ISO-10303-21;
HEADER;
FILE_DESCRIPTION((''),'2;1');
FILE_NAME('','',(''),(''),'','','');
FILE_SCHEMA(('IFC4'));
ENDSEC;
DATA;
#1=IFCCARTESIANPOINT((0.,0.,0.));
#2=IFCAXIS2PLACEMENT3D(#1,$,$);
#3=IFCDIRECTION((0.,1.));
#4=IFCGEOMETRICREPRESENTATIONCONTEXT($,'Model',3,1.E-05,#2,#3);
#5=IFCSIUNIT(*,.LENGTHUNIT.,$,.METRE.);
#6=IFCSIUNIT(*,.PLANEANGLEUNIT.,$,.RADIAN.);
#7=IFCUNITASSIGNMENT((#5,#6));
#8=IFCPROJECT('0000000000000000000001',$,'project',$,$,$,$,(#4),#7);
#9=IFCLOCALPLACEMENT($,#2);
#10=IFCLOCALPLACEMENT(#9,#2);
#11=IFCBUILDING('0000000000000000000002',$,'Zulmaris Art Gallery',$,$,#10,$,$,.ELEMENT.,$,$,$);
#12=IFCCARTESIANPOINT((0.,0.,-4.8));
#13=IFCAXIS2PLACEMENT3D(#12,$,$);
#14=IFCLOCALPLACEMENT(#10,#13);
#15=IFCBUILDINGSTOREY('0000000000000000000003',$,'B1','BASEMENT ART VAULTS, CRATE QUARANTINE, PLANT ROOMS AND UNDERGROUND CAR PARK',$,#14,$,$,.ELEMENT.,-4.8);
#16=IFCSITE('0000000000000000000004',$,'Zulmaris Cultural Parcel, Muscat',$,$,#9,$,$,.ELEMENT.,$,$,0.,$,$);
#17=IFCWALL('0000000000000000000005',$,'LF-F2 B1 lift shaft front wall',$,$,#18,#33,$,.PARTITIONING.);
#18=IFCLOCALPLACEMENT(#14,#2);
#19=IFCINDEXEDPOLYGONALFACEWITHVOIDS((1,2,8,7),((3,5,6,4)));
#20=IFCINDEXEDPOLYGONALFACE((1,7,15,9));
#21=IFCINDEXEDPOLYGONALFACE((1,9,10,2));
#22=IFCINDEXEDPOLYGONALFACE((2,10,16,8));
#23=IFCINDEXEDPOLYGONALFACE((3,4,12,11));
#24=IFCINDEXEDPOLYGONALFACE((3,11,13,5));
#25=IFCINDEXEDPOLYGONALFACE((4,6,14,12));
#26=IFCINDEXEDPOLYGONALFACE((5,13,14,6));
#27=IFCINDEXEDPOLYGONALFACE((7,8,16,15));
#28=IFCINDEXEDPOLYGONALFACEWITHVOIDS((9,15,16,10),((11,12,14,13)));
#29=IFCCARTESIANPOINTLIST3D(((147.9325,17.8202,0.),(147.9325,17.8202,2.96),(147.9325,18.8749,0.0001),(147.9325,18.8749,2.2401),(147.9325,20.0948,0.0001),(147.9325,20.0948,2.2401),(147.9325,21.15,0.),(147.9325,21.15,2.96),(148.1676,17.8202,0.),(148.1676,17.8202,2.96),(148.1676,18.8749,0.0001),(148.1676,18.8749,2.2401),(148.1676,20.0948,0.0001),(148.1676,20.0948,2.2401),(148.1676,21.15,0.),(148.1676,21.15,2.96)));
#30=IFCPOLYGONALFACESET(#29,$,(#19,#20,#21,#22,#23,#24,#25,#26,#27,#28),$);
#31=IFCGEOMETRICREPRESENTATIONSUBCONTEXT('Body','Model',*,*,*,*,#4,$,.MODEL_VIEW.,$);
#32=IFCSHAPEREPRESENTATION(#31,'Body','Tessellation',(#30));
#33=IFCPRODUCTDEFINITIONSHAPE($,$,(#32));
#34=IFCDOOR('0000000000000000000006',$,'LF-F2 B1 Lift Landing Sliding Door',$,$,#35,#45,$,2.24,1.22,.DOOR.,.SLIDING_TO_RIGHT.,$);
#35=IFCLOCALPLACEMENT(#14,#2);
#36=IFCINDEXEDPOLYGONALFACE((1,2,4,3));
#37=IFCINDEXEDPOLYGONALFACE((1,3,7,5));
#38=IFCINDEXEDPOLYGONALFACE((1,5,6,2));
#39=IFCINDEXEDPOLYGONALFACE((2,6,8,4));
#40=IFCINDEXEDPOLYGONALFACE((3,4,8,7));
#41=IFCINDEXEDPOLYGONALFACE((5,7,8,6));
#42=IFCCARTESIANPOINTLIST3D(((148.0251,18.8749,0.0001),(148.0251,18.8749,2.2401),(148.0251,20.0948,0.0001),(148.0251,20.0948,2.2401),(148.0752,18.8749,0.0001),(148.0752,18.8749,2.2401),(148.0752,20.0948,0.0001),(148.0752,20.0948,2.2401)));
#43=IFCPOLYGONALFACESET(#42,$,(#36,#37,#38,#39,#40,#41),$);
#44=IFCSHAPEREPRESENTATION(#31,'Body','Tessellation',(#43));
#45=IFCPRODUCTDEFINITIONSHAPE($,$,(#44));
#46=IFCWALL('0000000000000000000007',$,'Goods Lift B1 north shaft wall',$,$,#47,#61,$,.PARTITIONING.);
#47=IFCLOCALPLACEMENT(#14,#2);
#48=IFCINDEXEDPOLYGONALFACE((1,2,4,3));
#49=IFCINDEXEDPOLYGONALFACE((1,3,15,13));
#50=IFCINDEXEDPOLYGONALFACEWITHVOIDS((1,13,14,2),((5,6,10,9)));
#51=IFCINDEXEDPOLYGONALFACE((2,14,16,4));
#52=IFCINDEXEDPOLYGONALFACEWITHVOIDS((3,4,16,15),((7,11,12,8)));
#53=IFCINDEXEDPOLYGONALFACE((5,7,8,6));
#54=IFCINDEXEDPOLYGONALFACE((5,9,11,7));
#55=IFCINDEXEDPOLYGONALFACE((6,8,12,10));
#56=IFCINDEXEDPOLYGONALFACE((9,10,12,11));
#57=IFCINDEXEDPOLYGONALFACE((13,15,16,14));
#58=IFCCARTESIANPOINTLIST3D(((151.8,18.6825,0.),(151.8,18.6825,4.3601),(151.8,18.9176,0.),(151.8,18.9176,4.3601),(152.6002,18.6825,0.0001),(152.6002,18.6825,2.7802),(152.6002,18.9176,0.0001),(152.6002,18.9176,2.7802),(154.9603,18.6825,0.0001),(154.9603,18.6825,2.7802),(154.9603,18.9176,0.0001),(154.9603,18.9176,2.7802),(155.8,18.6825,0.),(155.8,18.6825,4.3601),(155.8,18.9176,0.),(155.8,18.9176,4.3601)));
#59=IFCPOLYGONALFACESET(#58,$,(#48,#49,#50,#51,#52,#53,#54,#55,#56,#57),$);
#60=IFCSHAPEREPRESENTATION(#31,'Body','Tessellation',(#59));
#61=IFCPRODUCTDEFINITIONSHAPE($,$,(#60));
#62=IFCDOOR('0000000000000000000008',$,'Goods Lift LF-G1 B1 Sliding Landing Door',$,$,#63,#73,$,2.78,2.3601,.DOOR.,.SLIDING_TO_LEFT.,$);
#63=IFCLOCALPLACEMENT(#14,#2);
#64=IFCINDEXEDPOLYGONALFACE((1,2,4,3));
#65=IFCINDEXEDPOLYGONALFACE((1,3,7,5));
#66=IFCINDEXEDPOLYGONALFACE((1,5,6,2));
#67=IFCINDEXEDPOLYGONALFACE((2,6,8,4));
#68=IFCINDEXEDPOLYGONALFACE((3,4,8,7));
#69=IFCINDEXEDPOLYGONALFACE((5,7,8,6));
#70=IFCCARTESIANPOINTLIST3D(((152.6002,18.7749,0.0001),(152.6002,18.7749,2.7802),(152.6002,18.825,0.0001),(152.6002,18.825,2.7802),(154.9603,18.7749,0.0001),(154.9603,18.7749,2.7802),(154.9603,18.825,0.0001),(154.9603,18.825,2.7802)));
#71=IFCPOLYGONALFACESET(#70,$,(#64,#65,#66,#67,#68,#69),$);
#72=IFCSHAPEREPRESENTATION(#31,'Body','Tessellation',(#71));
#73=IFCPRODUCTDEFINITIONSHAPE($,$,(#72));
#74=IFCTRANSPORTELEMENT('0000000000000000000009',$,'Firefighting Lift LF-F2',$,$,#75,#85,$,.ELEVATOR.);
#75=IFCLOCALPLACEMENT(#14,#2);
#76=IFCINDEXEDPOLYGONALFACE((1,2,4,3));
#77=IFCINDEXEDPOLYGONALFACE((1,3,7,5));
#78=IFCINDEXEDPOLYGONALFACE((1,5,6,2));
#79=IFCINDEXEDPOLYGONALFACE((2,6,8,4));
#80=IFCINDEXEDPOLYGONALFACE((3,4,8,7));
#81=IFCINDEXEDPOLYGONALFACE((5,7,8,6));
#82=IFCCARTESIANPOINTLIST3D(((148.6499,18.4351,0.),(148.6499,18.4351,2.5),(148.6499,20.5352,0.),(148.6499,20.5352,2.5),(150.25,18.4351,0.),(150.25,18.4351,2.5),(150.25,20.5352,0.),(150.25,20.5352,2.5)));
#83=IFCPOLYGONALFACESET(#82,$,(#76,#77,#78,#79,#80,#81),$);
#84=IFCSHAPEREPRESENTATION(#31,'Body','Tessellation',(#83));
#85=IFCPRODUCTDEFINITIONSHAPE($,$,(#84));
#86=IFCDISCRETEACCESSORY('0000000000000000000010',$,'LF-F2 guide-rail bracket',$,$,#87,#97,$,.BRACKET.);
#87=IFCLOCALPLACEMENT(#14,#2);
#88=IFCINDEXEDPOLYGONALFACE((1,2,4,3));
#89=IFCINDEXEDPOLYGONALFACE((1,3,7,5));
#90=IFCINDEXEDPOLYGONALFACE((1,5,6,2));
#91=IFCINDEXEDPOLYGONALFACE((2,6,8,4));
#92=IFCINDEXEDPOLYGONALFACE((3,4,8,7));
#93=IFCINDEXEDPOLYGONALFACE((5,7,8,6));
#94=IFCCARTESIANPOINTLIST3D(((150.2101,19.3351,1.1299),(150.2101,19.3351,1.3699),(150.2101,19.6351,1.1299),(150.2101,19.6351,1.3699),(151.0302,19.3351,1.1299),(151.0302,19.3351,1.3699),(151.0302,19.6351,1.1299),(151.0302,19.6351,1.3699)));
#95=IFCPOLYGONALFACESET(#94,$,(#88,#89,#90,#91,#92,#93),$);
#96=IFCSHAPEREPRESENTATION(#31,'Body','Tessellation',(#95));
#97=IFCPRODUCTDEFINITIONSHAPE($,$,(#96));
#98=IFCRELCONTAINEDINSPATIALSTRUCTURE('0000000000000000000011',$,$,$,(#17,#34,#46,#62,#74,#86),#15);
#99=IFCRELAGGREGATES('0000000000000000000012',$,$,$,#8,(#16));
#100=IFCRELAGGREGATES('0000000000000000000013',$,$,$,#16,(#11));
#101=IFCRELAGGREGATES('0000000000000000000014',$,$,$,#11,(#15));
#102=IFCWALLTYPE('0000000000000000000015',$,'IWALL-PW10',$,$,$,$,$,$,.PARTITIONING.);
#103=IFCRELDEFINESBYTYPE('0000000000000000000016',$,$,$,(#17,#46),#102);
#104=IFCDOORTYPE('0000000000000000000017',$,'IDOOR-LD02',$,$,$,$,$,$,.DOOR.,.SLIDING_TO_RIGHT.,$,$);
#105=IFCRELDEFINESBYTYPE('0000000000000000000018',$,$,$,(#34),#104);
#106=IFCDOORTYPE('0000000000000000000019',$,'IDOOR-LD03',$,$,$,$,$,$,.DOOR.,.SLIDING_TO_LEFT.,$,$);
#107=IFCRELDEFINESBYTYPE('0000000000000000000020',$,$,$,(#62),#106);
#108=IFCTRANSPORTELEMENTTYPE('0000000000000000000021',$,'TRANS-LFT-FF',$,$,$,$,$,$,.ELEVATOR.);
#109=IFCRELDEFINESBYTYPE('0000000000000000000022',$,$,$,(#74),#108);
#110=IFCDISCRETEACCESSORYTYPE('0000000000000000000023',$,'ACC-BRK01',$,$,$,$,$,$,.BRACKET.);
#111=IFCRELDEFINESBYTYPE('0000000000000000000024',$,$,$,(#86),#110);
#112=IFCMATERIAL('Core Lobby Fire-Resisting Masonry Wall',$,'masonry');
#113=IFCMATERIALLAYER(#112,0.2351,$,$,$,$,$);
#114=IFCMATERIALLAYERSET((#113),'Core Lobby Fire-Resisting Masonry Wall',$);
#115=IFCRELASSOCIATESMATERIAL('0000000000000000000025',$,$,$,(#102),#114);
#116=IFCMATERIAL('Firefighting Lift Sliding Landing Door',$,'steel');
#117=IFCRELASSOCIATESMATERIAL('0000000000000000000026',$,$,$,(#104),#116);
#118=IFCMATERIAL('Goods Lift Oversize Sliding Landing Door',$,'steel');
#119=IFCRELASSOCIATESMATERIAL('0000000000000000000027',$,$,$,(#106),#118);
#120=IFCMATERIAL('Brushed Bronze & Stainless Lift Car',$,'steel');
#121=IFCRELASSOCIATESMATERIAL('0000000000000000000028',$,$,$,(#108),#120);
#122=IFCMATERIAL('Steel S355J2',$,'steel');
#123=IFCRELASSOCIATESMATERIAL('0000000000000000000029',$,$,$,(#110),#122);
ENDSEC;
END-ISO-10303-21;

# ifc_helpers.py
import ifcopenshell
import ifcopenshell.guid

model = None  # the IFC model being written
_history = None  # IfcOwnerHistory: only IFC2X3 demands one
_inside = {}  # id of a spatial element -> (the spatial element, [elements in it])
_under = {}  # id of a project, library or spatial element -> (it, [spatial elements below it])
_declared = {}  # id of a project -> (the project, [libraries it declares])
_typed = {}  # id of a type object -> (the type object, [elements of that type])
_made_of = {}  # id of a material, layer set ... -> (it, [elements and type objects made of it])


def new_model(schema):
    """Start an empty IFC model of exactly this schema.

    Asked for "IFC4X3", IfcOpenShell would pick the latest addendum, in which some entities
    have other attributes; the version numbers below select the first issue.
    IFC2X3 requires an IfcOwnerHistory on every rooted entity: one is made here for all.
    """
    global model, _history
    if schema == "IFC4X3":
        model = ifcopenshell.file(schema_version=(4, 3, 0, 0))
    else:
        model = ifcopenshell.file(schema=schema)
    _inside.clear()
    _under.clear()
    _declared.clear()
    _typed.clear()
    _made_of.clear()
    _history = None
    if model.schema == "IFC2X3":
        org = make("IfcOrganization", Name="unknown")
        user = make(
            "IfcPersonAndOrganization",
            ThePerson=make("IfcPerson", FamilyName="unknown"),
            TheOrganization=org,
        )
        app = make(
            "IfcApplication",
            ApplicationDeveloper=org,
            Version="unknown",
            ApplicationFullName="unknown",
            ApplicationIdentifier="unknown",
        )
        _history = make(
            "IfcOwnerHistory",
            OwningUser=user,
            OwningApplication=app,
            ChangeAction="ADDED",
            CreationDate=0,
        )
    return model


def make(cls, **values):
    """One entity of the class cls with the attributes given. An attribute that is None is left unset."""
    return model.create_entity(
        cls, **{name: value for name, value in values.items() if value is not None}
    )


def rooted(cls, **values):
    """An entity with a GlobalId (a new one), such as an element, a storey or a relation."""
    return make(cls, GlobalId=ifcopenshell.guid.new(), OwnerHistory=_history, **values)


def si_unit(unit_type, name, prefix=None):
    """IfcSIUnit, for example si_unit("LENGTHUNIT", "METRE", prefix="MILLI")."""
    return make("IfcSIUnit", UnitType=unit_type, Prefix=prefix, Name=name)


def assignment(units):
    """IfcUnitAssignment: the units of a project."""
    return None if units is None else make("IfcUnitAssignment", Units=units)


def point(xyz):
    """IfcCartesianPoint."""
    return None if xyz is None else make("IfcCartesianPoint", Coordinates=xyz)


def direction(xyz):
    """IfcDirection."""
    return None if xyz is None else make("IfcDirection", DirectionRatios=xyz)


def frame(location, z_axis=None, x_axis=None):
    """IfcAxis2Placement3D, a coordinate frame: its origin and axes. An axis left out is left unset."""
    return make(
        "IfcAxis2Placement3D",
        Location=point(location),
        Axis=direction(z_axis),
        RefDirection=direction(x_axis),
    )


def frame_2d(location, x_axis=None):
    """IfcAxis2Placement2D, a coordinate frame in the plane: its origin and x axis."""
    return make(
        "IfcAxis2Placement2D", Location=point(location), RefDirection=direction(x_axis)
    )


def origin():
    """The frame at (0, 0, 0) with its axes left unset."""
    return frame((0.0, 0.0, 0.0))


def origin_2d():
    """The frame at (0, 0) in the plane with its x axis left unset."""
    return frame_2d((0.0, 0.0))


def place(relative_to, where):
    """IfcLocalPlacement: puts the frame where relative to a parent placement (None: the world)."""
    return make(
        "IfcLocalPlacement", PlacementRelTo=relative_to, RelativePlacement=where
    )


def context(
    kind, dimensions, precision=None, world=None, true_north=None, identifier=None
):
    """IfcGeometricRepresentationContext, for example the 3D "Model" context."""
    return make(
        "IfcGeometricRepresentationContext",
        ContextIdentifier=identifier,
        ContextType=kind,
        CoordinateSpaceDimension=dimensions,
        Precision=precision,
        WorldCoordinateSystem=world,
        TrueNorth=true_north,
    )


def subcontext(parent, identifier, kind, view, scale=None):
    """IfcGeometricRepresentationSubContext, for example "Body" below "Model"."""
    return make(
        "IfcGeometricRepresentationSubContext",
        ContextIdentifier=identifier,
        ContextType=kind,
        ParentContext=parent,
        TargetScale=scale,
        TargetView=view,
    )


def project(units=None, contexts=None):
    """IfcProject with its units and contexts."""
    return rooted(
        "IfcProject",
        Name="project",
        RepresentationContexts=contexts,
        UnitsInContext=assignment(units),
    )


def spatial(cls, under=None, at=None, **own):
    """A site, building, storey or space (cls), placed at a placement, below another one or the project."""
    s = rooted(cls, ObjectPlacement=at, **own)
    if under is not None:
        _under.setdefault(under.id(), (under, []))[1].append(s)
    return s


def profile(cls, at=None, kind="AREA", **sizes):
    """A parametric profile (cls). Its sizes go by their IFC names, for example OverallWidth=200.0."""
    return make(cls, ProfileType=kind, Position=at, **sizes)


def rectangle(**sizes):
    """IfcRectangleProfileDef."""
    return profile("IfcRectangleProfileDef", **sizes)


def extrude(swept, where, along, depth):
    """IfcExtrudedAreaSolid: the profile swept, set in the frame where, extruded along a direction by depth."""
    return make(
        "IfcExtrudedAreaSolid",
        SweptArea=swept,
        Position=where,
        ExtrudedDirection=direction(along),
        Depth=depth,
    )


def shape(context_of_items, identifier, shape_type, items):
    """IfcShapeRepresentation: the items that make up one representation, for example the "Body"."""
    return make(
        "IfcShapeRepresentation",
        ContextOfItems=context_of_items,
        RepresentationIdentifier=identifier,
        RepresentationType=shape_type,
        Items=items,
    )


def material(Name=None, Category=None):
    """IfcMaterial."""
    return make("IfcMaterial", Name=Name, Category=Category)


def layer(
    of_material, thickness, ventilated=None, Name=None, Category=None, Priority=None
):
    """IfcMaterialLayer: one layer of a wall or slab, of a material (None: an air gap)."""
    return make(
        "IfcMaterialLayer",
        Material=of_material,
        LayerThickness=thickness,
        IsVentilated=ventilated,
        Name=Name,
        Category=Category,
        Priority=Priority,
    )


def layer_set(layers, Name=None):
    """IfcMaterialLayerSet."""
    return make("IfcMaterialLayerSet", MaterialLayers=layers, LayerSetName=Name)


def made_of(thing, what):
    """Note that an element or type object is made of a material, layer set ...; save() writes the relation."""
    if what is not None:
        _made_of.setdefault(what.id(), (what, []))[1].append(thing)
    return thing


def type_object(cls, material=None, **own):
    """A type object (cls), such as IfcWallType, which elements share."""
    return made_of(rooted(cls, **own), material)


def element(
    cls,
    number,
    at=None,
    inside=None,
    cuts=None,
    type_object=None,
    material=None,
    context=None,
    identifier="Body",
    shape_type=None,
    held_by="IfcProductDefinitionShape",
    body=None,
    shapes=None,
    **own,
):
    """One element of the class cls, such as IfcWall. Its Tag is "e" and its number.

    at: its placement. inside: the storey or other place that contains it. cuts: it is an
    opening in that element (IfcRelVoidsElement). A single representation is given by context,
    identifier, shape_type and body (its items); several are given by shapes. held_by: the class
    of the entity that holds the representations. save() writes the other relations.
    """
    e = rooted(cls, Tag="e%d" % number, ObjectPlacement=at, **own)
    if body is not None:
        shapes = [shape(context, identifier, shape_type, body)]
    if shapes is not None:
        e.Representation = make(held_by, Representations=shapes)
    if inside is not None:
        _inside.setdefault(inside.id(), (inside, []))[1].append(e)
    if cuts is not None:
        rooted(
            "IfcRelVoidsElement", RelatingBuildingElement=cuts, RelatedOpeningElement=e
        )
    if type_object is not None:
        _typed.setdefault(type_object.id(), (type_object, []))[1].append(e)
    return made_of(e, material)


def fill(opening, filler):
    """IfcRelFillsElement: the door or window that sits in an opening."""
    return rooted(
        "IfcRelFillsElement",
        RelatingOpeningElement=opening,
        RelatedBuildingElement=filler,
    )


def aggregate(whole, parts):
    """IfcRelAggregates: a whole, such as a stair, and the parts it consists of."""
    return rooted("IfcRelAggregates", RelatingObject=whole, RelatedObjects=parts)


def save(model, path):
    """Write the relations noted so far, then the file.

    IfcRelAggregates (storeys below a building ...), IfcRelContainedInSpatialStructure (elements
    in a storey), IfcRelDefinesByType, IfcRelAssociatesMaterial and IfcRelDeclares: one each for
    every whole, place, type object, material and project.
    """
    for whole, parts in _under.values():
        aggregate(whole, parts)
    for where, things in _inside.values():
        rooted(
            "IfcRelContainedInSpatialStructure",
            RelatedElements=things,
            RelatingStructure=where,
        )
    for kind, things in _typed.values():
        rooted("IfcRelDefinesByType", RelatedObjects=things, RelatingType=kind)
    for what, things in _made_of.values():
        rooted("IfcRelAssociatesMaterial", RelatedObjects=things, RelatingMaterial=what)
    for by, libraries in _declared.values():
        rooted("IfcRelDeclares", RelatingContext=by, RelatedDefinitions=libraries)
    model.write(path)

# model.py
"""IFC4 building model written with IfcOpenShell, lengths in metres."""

from ifc_helpers import new_model, si_unit, direction, frame, frame_2d, origin, origin_2d, place, context, subcontext, project, spatial, rectangle, extrude, material, layer, layer_set, type_object, element, fill, save


model = new_model("IFC4")

# Units and contexts
model_context = context("Model", 3, precision=1e-05, world=origin(), true_north=direction((0.0, 1.0)))
body_context = subcontext(model_context, "Body", "Model", "MODEL_VIEW")
ifc_project = project(units=[si_unit("LENGTHUNIT", "METRE"), si_unit("PLANEANGLEUNIT", "RADIAN")], contexts=[model_context])

# Site, building, storey
site_placement = place(None, origin())
site = spatial("IfcSite", under=ifc_project, at=site_placement, Name="Zulmaris Cultural Parcel, Muscat", CompositionType="ELEMENT", RefElevation=0.0)
building_placement = place(site_placement, origin())
building = spatial("IfcBuilding", under=site, at=building_placement, Name="Zulmaris Art Gallery", CompositionType="ELEMENT")
storey_placement = place(building_placement, frame((0.0, 0.0, -4.8)))
storey = spatial("IfcBuildingStorey", under=building, at=storey_placement, Name="B1", Description="BASEMENT ART VAULTS, CRATE QUARANTINE, PLANT ROOMS AND UNDERGROUND CAR PARK", CompositionType="ELEMENT", Elevation=-4.8)

# Walls, openings, doors
ifc_material_1 = material(Name="Core Lobby Fire-Resisting Masonry Wall", Category="masonry")
ifc_layer_1 = layer(ifc_material_1, 0.2351)
ifc_layer_set_1 = layer_set([ifc_layer_1], Name="Core Lobby Fire-Resisting Masonry Wall")
wall_type_1 = type_object("IfcWallType", Name="IWALL-PW10", PredefinedType="PARTITIONING", material=ifc_layer_set_1)
wall_1_placement = place(storey_placement, frame((148.05, 17.8201, 0.0), z_axis=(0.0, 0.0, 1.0), x_axis=(0.0, 1.0, 0.0)))
wall_1 = element("IfcWall", 1, at=wall_1_placement, inside=storey, type_object=wall_type_1, Name="LF-F2 B1 lift shaft front wall", PredefinedType="PARTITIONING", context=body_context, shape_type="SweptSolid", body=[
    extrude(rectangle(XDim=3.3298, YDim=0.2351, at=frame_2d((1.665, 0.0))), origin(), (0.0, 0.0, 1.0), 2.96),
])
opening_1_placement = place(wall_1_placement, frame((1.0549, 0.0, 0.0)))
opening_1 = element("IfcOpeningElement", 2, at=opening_1_placement, cuts=wall_1, PredefinedType="OPENING", context=body_context, shape_type="SweptSolid", body=[
    extrude(rectangle(XDim=1.22, YDim=2.24, at=frame_2d((0.6099, 1.1201))), frame((0.0, 0.1274, 0.0), z_axis=(0.0, -1.0, 0.0), x_axis=(1.0, 0.0, 0.0)), (0.0, 0.0, 1.0), 0.2551),
])
ifc_material_2 = material(Name="Firefighting Lift Sliding Landing Door", Category="steel")
door_type_1 = type_object("IfcDoorType", Name="IDOOR-LD02", OperationType="SLIDING_TO_RIGHT", PredefinedType="DOOR", material=ifc_material_2)
door_1_placement = place(opening_1_placement, origin())
door_1 = element("IfcDoor", 3, at=door_1_placement, inside=storey, type_object=door_type_1, Name="LF-F2 B1 Lift Landing Sliding Door", OperationType="SLIDING_TO_RIGHT", OverallHeight=2.24, OverallWidth=1.22, PredefinedType="DOOR", context=body_context, shape_type="SweptSolid", body=[
    extrude(rectangle(XDim=1.22, YDim=2.24, at=frame_2d((0.6099, 1.1201))), frame((0.0, 0.0249, 0.0), z_axis=(0.0, -1.0, 0.0), x_axis=(1.0, 0.0, 0.0)), (0.0, 0.0, 1.0), 0.05),
])
fill(opening_1, door_1)
wall_2_placement = place(storey_placement, frame((151.8, 18.8, 0.0), z_axis=(0.0, 0.0, 1.0), x_axis=(1.0, 0.0, 0.0)))
wall_2 = element("IfcWall", 4, at=wall_2_placement, inside=storey, type_object=wall_type_1, Name="Goods Lift B1 north shaft wall", PredefinedType="PARTITIONING", context=body_context, shape_type="SweptSolid", body=[
    extrude(rectangle(XDim=4.0, YDim=0.2351, at=frame_2d((2.0, 0.0))), origin(), (0.0, 0.0, 1.0), 4.3601),
])
opening_2_placement = place(wall_2_placement, frame((0.8, 0.0, 0.0)))
opening_2 = element("IfcOpeningElement", 5, at=opening_2_placement, cuts=wall_2, PredefinedType="OPENING", context=body_context, shape_type="SweptSolid", body=[
    extrude(rectangle(XDim=2.3601, YDim=2.78, at=frame_2d((1.1802, 1.3901))), frame((0.0, 0.1274, 0.0), z_axis=(0.0, -1.0, 0.0), x_axis=(1.0, 0.0, 0.0)), (0.0, 0.0, 1.0), 0.2551),
])
ifc_material_3 = material(Name="Goods Lift Oversize Sliding Landing Door", Category="steel")
door_type_2 = type_object("IfcDoorType", Name="IDOOR-LD03", OperationType="SLIDING_TO_LEFT", PredefinedType="DOOR", material=ifc_material_3)
door_2_placement = place(opening_2_placement, origin())
door_2 = element("IfcDoor", 6, at=door_2_placement, inside=storey, type_object=door_type_2, Name="Goods Lift LF-G1 B1 Sliding Landing Door", OperationType="SLIDING_TO_LEFT", OverallHeight=2.78, OverallWidth=2.3601, PredefinedType="DOOR", context=body_context, shape_type="SweptSolid", body=[
    extrude(rectangle(XDim=2.3601, YDim=2.78, at=frame_2d((1.1802, 1.3901))), frame((0.0, 0.0249, 0.0), z_axis=(0.0, -1.0, 0.0), x_axis=(1.0, 0.0, 0.0)), (0.0, 0.0, 1.0), 0.05),
])
fill(opening_2, door_2)

# Transport element
ifc_material_4 = material(Name="Brushed Bronze & Stainless Lift Car", Category="steel")
transport_element_type = type_object("IfcTransportElementType", Name="TRANS-LFT-FF", PredefinedType="ELEVATOR", material=ifc_material_4)
transport_element_placement = place(storey_placement, frame((149.45, 19.4851, 0.0), z_axis=(0.0, 0.0, 1.0), x_axis=(1.0, 0.0, 0.0)))
element("IfcTransportElement", 7, at=transport_element_placement, inside=storey, type_object=transport_element_type, Name="Firefighting Lift LF-F2", PredefinedType="ELEVATOR", context=body_context, shape_type="SweptSolid", body=[
    extrude(rectangle(XDim=1.6001, YDim=2.1001, at=origin_2d()), origin(), (0.0, 0.0, 1.0), 2.5),
])

# Discrete accessory
ifc_material_5 = material(Name="Steel S355J2", Category="steel")
discrete_accessory_type = type_object("IfcDiscreteAccessoryType", Name="ACC-BRK01", PredefinedType="BRACKET", material=ifc_material_5)
discrete_accessory_placement = place(storey_placement, frame((150.6201, 19.4851, 1.1299), z_axis=(0.0, 0.0, 1.0), x_axis=(1.0, 0.0, 0.0)))
element("IfcDiscreteAccessory", 8, at=discrete_accessory_placement, inside=storey, type_object=discrete_accessory_type, Name="LF-F2 guide-rail bracket", PredefinedType="BRACKET", context=body_context, shape_type="SweptSolid", body=[
    extrude(rectangle(XDim=0.8201, YDim=0.3, at=origin_2d()), origin(), (0.0, 0.0, 1.0), 0.24),
])

save(model, "model.ifc")
